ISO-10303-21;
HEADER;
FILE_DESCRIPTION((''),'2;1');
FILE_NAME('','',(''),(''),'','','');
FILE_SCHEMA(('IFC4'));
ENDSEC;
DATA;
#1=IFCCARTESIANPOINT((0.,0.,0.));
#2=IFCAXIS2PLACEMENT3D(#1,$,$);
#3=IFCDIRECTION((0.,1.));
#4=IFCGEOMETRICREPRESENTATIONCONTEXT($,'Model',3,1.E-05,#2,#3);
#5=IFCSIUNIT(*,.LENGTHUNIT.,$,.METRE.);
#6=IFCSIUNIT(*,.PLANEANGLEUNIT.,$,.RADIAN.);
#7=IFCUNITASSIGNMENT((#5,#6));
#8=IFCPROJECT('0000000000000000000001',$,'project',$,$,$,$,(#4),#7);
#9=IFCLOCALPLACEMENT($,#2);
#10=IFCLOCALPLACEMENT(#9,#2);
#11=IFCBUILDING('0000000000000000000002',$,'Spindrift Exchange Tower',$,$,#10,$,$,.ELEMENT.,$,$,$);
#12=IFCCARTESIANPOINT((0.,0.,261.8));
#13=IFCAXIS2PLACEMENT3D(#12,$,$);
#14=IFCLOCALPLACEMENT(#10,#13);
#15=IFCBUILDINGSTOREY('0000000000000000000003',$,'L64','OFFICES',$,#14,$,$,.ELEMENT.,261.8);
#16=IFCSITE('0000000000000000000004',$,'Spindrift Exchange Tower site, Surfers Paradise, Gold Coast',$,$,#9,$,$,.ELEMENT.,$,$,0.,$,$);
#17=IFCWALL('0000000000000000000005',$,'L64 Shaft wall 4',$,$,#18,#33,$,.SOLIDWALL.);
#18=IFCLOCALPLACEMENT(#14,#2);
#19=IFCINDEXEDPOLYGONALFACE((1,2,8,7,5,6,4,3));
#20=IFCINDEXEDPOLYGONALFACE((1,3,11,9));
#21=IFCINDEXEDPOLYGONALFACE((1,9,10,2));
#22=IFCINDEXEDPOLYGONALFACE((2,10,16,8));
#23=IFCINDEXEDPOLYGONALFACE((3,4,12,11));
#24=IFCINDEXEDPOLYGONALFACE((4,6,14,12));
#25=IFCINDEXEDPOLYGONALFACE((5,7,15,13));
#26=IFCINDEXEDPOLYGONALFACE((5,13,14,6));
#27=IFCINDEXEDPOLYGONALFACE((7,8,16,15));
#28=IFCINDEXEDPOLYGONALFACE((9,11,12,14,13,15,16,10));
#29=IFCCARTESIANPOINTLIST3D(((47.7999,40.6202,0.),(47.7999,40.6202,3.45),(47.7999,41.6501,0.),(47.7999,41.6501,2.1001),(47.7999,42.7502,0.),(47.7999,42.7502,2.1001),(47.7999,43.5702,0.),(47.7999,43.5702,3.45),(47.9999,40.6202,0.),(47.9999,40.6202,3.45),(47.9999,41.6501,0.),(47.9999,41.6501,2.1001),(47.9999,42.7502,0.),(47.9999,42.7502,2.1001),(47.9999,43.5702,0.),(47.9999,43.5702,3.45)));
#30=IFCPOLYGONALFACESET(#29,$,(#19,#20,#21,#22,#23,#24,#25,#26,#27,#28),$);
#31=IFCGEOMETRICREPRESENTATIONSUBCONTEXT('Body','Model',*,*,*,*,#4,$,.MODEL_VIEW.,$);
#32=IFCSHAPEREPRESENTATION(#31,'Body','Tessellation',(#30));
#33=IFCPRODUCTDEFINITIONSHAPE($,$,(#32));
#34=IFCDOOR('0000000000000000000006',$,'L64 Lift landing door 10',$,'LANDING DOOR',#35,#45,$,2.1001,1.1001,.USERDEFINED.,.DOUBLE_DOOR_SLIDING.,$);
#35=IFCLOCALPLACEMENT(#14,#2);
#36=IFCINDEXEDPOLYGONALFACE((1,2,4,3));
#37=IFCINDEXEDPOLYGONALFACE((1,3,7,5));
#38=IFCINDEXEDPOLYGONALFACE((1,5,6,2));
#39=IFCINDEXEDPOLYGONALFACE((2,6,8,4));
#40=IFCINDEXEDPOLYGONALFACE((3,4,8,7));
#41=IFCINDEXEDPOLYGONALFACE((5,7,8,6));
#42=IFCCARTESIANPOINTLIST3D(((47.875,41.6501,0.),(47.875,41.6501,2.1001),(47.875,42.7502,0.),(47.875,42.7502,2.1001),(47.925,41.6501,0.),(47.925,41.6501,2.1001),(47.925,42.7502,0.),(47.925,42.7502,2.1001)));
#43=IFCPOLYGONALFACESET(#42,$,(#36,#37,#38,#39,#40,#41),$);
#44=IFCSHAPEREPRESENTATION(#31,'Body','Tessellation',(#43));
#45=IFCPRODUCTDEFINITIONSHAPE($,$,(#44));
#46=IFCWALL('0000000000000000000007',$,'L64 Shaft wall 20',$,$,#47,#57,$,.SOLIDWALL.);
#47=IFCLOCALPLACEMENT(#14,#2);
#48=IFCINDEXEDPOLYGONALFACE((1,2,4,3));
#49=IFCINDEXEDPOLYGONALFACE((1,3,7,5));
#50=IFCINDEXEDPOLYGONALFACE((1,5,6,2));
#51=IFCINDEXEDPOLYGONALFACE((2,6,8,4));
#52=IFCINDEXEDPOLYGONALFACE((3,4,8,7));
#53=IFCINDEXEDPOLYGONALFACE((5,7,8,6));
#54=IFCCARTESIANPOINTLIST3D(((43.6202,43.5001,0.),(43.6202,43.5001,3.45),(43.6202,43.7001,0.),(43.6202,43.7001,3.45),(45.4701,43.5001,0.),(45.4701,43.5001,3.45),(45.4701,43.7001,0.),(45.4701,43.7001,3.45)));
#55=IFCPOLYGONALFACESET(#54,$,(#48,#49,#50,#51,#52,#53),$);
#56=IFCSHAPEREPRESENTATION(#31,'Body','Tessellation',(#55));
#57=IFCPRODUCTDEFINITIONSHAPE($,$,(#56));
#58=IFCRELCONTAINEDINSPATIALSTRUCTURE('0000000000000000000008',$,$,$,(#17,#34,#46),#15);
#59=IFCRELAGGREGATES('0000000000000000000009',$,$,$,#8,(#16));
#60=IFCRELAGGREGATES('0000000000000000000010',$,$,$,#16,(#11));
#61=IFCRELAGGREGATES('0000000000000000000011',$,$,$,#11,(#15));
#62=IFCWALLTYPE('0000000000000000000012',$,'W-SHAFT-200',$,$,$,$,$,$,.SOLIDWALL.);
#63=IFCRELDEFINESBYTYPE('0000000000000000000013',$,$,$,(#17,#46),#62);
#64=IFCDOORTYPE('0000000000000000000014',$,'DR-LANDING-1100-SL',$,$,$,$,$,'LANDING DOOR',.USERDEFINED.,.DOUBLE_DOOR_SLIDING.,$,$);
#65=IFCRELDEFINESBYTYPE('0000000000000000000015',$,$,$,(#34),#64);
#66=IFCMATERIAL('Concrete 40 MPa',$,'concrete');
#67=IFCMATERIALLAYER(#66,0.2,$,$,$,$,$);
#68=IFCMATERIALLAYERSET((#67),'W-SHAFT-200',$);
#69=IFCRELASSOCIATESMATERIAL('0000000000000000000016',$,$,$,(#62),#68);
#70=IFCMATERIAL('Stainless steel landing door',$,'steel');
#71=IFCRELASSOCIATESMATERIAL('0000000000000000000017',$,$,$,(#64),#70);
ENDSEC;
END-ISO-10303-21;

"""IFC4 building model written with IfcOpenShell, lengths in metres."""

from ifc_helpers import new_model, si_unit, direction, frame, frame_2d, origin, place, context, subcontext, project, spatial, rectangle, extrude, source, transform, mapped, material, layer, layer_set, type_object, element, fill, save


model = new_model("IFC4")

# Units and contexts
model_context = context("Model", 3, precision=1e-05, world=origin(), true_north=direction((0.0, 1.0)))
body_context = subcontext(model_context, "Body", "Model", "MODEL_VIEW")
ifc_project = project(units=[si_unit("LENGTHUNIT", "METRE"), si_unit("PLANEANGLEUNIT", "RADIAN")], contexts=[model_context])

# Site, building, storey
site_placement = place(None, origin())
site = spatial("IfcSite", under=ifc_project, at=site_placement, Name="Spindrift Exchange Tower site, Surfers Paradise, Gold Coast", CompositionType="ELEMENT", RefElevation=0.0)
building_placement = place(site_placement, origin())
building = spatial("IfcBuilding", under=site, at=building_placement, Name="Spindrift Exchange Tower", CompositionType="ELEMENT")
storey_placement = place(building_placement, frame((0.0, 0.0, 261.8)))
storey = spatial("IfcBuildingStorey", under=building, at=storey_placement, Name="L64", Description="OFFICES", CompositionType="ELEMENT", Elevation=261.8)

# Shared definitions
ifc_material_1 = material(Name="Concrete 40 MPa", Category="concrete")
ifc_layer_1 = layer(ifc_material_1, 0.2)
ifc_layer_set_1 = layer_set([ifc_layer_1], Name="W-SHAFT-200")
wall_type_1 = type_object("IfcWallType", Name="W-SHAFT-200", PredefinedType="SOLIDWALL", material=ifc_layer_set_1)

# Wall, opening, door
wall_1_placement = place(storey_placement, frame((47.8999, 40.6201, 0.0), z_axis=(0.0, 0.0, 1.0), x_axis=(0.0, 1.0, 0.0)))
wall_1 = element("IfcWall", 1, at=wall_1_placement, inside=storey, type_object=wall_type_1, Name="L64 Shaft wall 4", PredefinedType="SOLIDWALL", context=body_context, shape_type="SweptSolid", body=[
    extrude(rectangle(XDim=2.95, YDim=0.2, at=frame_2d((1.4751, 0.0))), origin(), (0.0, 0.0, 1.0), 3.45),
])
opening_1_placement = place(wall_1_placement, frame((1.03, 0.0, 0.0)))
opening_1 = element("IfcOpeningElement", 2, at=opening_1_placement, cuts=wall_1, PredefinedType="OPENING", context=body_context, shape_type="SweptSolid", body=[
    extrude(rectangle(XDim=1.1001, YDim=2.1001, at=frame_2d((0.55, 1.05))), frame((0.0, 0.1099, 0.0), z_axis=(0.0, -1.0, 0.0), x_axis=(1.0, 0.0, 0.0)), (0.0, 0.0, 1.0), 0.22),
])
ifc_material_2 = material(Name="Stainless steel landing door", Category="steel")
door_type_1 = type_object("IfcDoorType", Name="DR-LANDING-1100-SL", ElementType="LANDING DOOR", OperationType="DOUBLE_DOOR_SLIDING", PredefinedType="USERDEFINED", material=ifc_material_2)
shared_shape_1 = source(origin(), body_context, "Body", "SweptSolid", [
    extrude(rectangle(XDim=1.1001, YDim=2.1001, at=frame_2d((0.55, 1.05))), frame((0.0, 0.0249, 0.0), z_axis=(0.0, -1.0, 0.0), x_axis=(1.0, 0.0, 0.0)), (0.0, 0.0, 1.0), 0.05),
])
door_1_placement = place(opening_1_placement, origin())
door_1 = element("IfcDoor", 3, at=door_1_placement, inside=storey, type_object=door_type_1, Name="L64 Lift landing door 10", ObjectType="LANDING DOOR", OperationType="DOUBLE_DOOR_SLIDING", OverallHeight=2.1001, OverallWidth=1.1001, PredefinedType="USERDEFINED", context=body_context, shape_type="MappedRepresentation", body=[
    mapped(shared_shape_1, transform((0.0, 0.0, 0.0), scale=1.0)),
])
fill(opening_1, door_1)

# Wall
wall_2_placement = place(storey_placement, frame((45.47, 43.6001, 0.0), z_axis=(0.0, 0.0, 1.0), x_axis=(-1.0, 0.0, 0.0)))
element("IfcWall", 4, at=wall_2_placement, inside=storey, type_object=wall_type_1, Name="L64 Shaft wall 20", PredefinedType="SOLIDWALL", context=body_context, shape_type="SweptSolid", body=[
    extrude(rectangle(XDim=1.8499, YDim=0.2, at=frame_2d((0.9248, 0.0))), origin(), (0.0, 0.0, 1.0), 3.45),
])

save(model, "model.ifc")
